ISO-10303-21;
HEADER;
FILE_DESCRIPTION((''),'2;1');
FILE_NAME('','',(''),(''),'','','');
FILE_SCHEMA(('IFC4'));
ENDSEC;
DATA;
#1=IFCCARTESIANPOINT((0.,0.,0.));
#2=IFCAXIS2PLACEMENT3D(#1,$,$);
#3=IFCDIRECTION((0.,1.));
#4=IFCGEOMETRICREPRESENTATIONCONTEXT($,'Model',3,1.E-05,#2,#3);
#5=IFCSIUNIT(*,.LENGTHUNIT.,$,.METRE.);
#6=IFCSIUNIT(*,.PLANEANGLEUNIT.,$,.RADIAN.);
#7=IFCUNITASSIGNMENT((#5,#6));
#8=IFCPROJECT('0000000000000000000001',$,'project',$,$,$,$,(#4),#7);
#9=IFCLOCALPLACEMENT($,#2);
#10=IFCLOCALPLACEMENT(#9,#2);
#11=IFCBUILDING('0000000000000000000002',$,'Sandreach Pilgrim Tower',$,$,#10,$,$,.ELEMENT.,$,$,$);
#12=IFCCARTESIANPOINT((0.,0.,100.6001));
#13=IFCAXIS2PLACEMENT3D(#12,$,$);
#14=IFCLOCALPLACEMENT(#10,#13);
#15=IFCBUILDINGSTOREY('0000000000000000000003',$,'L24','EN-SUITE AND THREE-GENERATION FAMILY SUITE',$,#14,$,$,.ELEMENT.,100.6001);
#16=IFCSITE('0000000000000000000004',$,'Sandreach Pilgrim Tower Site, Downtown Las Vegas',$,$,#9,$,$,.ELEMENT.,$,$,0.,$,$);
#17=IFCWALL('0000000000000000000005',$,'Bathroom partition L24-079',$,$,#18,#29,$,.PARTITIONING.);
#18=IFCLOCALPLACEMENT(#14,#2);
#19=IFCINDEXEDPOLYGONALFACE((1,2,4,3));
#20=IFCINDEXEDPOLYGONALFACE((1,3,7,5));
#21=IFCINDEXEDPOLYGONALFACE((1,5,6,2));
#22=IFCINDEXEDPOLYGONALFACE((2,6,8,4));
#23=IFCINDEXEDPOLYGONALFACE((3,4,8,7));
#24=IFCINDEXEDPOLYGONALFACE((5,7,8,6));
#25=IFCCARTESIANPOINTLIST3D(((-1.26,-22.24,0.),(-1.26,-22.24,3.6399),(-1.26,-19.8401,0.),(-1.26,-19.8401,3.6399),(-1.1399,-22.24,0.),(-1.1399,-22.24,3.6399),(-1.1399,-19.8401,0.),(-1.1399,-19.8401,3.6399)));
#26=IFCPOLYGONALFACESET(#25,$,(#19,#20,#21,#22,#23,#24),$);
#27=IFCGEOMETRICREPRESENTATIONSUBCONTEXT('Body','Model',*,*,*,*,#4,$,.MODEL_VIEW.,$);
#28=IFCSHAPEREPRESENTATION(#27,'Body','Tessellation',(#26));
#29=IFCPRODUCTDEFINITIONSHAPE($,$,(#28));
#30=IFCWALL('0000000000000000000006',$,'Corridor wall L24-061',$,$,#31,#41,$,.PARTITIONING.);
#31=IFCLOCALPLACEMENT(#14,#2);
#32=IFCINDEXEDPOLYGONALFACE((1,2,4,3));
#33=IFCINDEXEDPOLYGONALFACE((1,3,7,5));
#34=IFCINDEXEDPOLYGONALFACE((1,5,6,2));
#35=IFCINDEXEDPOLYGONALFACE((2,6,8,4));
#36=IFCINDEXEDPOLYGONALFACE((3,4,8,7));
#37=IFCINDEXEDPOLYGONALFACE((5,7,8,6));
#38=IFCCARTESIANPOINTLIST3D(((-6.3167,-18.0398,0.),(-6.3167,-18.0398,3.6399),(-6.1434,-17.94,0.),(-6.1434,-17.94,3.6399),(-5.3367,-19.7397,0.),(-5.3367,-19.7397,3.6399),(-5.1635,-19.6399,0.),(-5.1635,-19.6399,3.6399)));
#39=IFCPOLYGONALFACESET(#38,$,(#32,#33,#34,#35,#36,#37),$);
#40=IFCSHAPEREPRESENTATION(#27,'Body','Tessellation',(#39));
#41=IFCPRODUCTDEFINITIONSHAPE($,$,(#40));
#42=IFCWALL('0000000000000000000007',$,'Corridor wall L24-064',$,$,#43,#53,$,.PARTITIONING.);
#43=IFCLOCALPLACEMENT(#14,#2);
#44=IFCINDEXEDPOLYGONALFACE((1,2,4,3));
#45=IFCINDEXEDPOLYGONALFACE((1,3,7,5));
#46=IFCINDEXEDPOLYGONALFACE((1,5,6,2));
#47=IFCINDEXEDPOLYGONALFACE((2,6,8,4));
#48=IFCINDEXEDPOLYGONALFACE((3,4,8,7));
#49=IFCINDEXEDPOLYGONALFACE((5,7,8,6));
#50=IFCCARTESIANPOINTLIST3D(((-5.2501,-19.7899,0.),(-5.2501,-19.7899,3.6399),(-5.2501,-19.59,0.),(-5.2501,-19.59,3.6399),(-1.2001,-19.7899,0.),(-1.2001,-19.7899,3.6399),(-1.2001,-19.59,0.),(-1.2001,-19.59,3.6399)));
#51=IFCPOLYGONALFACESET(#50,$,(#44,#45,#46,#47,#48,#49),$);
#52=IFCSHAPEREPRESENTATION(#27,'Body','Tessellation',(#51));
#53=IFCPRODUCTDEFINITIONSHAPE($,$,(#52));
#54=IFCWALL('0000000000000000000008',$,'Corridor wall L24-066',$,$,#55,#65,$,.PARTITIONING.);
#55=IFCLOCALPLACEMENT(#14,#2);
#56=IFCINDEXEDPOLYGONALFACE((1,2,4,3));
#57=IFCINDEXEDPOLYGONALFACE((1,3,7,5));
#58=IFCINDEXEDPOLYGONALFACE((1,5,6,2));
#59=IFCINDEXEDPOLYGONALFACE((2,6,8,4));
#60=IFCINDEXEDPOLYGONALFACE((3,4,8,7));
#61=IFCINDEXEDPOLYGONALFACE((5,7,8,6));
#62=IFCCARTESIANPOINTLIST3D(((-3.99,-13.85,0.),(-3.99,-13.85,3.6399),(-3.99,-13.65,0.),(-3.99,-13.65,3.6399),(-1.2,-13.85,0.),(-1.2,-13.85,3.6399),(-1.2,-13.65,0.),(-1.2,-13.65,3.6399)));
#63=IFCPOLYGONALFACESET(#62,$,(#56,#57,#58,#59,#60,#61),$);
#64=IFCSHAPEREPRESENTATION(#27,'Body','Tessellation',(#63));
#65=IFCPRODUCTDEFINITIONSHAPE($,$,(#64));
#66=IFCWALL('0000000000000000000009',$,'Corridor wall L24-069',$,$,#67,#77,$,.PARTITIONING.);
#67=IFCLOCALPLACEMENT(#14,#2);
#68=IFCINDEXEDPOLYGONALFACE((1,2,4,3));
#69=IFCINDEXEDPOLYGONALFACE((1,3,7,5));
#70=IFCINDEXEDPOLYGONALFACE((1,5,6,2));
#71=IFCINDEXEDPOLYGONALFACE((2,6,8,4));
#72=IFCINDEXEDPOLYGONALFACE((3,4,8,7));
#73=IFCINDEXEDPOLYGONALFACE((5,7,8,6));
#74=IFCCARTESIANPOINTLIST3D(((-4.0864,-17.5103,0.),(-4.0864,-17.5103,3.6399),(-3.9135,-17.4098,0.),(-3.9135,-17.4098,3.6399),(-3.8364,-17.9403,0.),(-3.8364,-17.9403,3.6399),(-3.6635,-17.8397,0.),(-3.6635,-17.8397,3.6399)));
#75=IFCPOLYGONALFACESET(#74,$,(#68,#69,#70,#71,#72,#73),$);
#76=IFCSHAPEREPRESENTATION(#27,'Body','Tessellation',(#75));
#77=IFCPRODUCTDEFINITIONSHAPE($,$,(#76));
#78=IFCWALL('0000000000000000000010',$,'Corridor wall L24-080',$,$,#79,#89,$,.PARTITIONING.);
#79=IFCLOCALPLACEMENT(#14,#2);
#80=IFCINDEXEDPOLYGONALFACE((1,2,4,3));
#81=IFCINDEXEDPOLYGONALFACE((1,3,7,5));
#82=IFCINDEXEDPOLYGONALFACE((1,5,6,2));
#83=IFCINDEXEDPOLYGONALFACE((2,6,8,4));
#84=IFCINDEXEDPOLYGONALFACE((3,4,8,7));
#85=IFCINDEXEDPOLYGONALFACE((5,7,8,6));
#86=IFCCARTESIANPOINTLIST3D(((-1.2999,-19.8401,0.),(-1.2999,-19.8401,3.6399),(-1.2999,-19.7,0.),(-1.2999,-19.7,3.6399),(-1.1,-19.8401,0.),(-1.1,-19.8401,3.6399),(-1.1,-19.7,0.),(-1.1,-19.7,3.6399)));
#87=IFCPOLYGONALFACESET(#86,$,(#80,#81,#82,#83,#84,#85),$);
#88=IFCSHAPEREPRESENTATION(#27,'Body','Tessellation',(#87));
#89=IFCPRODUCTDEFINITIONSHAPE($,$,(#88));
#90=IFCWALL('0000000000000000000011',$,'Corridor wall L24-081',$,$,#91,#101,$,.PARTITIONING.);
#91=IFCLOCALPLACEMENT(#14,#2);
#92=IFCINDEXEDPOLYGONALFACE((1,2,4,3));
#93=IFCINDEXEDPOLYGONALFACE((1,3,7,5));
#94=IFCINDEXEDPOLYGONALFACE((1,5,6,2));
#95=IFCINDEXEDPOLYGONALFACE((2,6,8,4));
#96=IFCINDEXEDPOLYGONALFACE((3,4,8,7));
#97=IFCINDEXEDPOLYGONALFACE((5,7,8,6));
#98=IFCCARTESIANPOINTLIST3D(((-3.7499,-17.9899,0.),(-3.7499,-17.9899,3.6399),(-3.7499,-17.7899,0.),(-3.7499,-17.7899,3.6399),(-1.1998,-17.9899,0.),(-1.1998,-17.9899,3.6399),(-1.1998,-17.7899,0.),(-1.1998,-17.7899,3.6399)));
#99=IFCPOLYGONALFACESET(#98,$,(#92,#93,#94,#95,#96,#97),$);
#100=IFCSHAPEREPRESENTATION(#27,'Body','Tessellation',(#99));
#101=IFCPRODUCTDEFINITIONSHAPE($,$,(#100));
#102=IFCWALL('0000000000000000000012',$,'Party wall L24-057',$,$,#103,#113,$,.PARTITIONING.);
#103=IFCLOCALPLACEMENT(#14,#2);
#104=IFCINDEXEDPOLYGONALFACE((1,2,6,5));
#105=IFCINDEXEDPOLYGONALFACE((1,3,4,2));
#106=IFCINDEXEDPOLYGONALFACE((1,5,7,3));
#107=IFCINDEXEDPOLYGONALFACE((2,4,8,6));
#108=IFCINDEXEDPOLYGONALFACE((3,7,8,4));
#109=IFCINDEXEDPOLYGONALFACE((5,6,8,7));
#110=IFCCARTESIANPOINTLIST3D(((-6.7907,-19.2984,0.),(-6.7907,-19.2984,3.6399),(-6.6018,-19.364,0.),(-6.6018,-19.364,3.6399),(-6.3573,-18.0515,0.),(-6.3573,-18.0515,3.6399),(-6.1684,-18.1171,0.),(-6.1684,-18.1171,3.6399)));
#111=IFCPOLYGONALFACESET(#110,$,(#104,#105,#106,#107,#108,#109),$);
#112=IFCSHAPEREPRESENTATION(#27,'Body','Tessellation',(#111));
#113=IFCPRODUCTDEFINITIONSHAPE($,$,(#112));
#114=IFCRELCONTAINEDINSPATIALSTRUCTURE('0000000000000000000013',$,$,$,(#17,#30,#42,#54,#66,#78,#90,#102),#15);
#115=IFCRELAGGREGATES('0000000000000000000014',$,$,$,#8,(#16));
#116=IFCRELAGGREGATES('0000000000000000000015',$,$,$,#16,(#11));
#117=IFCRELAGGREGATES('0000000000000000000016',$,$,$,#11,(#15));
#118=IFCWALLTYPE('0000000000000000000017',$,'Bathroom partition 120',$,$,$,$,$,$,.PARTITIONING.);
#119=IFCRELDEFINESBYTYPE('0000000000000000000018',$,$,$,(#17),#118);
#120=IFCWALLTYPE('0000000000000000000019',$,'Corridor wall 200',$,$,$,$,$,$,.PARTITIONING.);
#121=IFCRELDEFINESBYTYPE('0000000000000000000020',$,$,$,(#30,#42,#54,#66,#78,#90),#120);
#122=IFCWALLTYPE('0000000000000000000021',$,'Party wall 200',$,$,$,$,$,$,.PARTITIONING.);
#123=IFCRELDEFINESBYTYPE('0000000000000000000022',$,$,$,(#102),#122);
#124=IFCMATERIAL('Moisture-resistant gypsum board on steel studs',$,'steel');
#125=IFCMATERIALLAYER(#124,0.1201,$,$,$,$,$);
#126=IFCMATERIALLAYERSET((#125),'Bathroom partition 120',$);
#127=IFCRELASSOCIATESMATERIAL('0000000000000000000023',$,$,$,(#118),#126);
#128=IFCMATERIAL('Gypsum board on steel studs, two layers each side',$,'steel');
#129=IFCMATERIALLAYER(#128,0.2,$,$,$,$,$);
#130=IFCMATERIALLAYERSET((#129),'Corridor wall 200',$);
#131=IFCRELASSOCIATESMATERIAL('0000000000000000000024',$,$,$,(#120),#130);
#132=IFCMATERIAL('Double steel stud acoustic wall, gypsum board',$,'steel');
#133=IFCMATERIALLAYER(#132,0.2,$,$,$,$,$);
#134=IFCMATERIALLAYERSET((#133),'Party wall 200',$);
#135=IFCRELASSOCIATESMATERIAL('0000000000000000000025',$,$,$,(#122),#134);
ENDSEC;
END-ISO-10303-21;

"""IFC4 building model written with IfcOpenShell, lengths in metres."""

from ifc_helpers import new_model, si_unit, direction, frame, frame_2d, origin, place, context, subcontext, project, spatial, rectangle, extrude, material, layer, layer_set, type_object, element, save


model = new_model("IFC4")

# Units and contexts
model_context = context("Model", 3, precision=1e-05, world=origin(), true_north=direction((0.0, 1.0)))
body_context = subcontext(model_context, "Body", "Model", "MODEL_VIEW")
ifc_project = project(units=[si_unit("LENGTHUNIT", "METRE"), si_unit("PLANEANGLEUNIT", "RADIAN")], contexts=[model_context])

# Site, building, storey
site_placement = place(None, origin())
site = spatial("IfcSite", under=ifc_project, at=site_placement, Name="Sandreach Pilgrim Tower Site, Downtown Las Vegas", CompositionType="ELEMENT", RefElevation=0.0)
building_placement = place(site_placement, origin())
building = spatial("IfcBuilding", under=site, at=building_placement, Name="Sandreach Pilgrim Tower", CompositionType="ELEMENT")
storey_placement = place(building_placement, frame((0.0, 0.0, 100.6001)))
storey = spatial("IfcBuildingStorey", under=building, at=storey_placement, Name="L24", Description="EN-SUITE AND THREE-GENERATION FAMILY SUITE", CompositionType="ELEMENT", Elevation=100.6001)

# Shared definitions
ifc_material_1 = material(Name="Moisture-resistant gypsum board on steel studs", Category="steel")
ifc_layer_1 = layer(ifc_material_1, 0.1201)
ifc_layer_set_1 = layer_set([ifc_layer_1], Name="Bathroom partition 120")
wall_type_1 = type_object("IfcWallType", Name="Bathroom partition 120", PredefinedType="PARTITIONING", material=ifc_layer_set_1)

# Wall
wall_1_placement = place(storey_placement, frame((-1.2, -19.8401, 0.0), z_axis=(0.0, 0.0, 1.0), x_axis=(0.0, -1.0, 0.0)))
element("IfcWall", 1, at=wall_1_placement, inside=storey, type_object=wall_type_1, Name="Bathroom partition L24-079", PredefinedType="PARTITIONING", context=body_context, shape_type="SweptSolid", body=[
    extrude(rectangle(XDim=2.3999, YDim=0.1201, at=frame_2d((1.2, 0.0))), origin(), (0.0, 0.0, 1.0), 3.6399),
])

# Shared definitions
ifc_material_2 = material(Name="Gypsum board on steel studs, two layers each side", Category="steel")
ifc_layer_2 = layer(ifc_material_2, 0.2)
ifc_layer_set_2 = layer_set([ifc_layer_2], Name="Corridor wall 200")
wall_type_2 = type_object("IfcWallType", Name="Corridor wall 200", PredefinedType="PARTITIONING", material=ifc_layer_set_2)

# Walls
wall_2_placement = place(storey_placement, frame((-6.23, -17.99, 0.0), z_axis=(0.0, 0.0, 1.0), x_axis=(0.499432, -0.866353, 0.0)))
element("IfcWall", 2, at=wall_2_placement, inside=storey, type_object=wall_type_2, Name="Corridor wall L24-061", PredefinedType="PARTITIONING", context=body_context, shape_type="SweptSolid", body=[
    extrude(rectangle(XDim=1.9622, YDim=0.2, at=frame_2d((0.981, 0.0))), origin(), (0.0, 0.0, 1.0), 3.6399),
])
wall_3_placement = place(storey_placement, frame((-5.25, -19.6899, 0.0), z_axis=(0.0, 0.0, 1.0), x_axis=(1.0, 0.0, 0.0)))
element("IfcWall", 3, at=wall_3_placement, inside=storey, type_object=wall_type_2, Name="Corridor wall L24-064", PredefinedType="PARTITIONING", context=body_context, shape_type="SweptSolid", body=[
    extrude(rectangle(XDim=4.05, YDim=0.2, at=frame_2d((2.0249, 0.0))), origin(), (0.0, 0.0, 1.0), 3.6399),
])

# Walls
wall_4_placement = place(storey_placement, frame((-3.99, -13.75, 0.0), z_axis=(0.0, 0.0, 1.0), x_axis=(1.0, 0.0, 0.0)))
element("IfcWall", 4, at=wall_4_placement, inside=storey, type_object=wall_type_2, Name="Corridor wall L24-066", PredefinedType="PARTITIONING", context=body_context, shape_type="SweptSolid", body=[
    extrude(rectangle(XDim=2.79, YDim=0.2, at=frame_2d((1.395, 0.0))), origin(), (0.0, 0.0, 1.0), 3.6399),
])
wall_5_placement = place(storey_placement, frame((-3.75, -17.8899, 0.0), z_axis=(0.0, 0.0, 1.0), x_axis=(-0.50268, 0.864472, 0.0)))
element("IfcWall", 5, at=wall_5_placement, inside=storey, type_object=wall_type_2, Name="Corridor wall L24-069", PredefinedType="PARTITIONING", context=body_context, shape_type="SweptSolid", body=[
    extrude(rectangle(XDim=0.4973, YDim=0.2, at=frame_2d((0.2485, 0.0))), origin(), (0.0, 0.0, 1.0), 3.6399),
])

# Walls
wall_6_placement = place(storey_placement, frame((-1.2, -19.7, 0.0), z_axis=(0.0, 0.0, 1.0), x_axis=(0.0, -1.0, 0.0)))
element("IfcWall", 6, at=wall_6_placement, inside=storey, type_object=wall_type_2, Name="Corridor wall L24-080", PredefinedType="PARTITIONING", context=body_context, shape_type="SweptSolid", body=[
    extrude(rectangle(XDim=0.1401, YDim=0.2, at=frame_2d((0.0701, 0.0))), origin(), (0.0, 0.0, 1.0), 3.6399),
])
wall_7_placement = place(storey_placement, frame((-1.2, -17.8899, 0.0), z_axis=(0.0, 0.0, 1.0), x_axis=(-1.0, 0.0, 0.0)))
element("IfcWall", 7, at=wall_7_placement, inside=storey, type_object=wall_type_2, Name="Corridor wall L24-081", PredefinedType="PARTITIONING", context=body_context, shape_type="SweptSolid", body=[
    extrude(rectangle(XDim=2.55, YDim=0.2, at=frame_2d((1.2749, 0.0))), origin(), (0.0, 0.0, 1.0), 3.6399),
])
ifc_material_3 = material(Name="Double steel stud acoustic wall, gypsum board", Category="steel")
ifc_layer_3 = layer(ifc_material_3, 0.2)
ifc_layer_set_3 = layer_set([ifc_layer_3], Name="Party wall 200")
wall_type_3 = type_object("IfcWallType", Name="Party wall 200", PredefinedType="PARTITIONING", material=ifc_layer_set_3)
wall_8_placement = place(storey_placement, frame((-6.6963, -19.3313, 0.0), z_axis=(0.0, 0.0, 1.0), x_axis=(0.328298, 0.944574, 0.0)))
element("IfcWall", 8, at=wall_8_placement, inside=storey, type_object=wall_type_3, Name="Party wall L24-057", PredefinedType="PARTITIONING", context=body_context, shape_type="SweptSolid", body=[
    extrude(rectangle(XDim=1.3201, YDim=0.2, at=frame_2d((0.6602, 0.0))), origin(), (0.0, 0.0, 1.0), 3.6399),
])

save(model, "model.ifc")
